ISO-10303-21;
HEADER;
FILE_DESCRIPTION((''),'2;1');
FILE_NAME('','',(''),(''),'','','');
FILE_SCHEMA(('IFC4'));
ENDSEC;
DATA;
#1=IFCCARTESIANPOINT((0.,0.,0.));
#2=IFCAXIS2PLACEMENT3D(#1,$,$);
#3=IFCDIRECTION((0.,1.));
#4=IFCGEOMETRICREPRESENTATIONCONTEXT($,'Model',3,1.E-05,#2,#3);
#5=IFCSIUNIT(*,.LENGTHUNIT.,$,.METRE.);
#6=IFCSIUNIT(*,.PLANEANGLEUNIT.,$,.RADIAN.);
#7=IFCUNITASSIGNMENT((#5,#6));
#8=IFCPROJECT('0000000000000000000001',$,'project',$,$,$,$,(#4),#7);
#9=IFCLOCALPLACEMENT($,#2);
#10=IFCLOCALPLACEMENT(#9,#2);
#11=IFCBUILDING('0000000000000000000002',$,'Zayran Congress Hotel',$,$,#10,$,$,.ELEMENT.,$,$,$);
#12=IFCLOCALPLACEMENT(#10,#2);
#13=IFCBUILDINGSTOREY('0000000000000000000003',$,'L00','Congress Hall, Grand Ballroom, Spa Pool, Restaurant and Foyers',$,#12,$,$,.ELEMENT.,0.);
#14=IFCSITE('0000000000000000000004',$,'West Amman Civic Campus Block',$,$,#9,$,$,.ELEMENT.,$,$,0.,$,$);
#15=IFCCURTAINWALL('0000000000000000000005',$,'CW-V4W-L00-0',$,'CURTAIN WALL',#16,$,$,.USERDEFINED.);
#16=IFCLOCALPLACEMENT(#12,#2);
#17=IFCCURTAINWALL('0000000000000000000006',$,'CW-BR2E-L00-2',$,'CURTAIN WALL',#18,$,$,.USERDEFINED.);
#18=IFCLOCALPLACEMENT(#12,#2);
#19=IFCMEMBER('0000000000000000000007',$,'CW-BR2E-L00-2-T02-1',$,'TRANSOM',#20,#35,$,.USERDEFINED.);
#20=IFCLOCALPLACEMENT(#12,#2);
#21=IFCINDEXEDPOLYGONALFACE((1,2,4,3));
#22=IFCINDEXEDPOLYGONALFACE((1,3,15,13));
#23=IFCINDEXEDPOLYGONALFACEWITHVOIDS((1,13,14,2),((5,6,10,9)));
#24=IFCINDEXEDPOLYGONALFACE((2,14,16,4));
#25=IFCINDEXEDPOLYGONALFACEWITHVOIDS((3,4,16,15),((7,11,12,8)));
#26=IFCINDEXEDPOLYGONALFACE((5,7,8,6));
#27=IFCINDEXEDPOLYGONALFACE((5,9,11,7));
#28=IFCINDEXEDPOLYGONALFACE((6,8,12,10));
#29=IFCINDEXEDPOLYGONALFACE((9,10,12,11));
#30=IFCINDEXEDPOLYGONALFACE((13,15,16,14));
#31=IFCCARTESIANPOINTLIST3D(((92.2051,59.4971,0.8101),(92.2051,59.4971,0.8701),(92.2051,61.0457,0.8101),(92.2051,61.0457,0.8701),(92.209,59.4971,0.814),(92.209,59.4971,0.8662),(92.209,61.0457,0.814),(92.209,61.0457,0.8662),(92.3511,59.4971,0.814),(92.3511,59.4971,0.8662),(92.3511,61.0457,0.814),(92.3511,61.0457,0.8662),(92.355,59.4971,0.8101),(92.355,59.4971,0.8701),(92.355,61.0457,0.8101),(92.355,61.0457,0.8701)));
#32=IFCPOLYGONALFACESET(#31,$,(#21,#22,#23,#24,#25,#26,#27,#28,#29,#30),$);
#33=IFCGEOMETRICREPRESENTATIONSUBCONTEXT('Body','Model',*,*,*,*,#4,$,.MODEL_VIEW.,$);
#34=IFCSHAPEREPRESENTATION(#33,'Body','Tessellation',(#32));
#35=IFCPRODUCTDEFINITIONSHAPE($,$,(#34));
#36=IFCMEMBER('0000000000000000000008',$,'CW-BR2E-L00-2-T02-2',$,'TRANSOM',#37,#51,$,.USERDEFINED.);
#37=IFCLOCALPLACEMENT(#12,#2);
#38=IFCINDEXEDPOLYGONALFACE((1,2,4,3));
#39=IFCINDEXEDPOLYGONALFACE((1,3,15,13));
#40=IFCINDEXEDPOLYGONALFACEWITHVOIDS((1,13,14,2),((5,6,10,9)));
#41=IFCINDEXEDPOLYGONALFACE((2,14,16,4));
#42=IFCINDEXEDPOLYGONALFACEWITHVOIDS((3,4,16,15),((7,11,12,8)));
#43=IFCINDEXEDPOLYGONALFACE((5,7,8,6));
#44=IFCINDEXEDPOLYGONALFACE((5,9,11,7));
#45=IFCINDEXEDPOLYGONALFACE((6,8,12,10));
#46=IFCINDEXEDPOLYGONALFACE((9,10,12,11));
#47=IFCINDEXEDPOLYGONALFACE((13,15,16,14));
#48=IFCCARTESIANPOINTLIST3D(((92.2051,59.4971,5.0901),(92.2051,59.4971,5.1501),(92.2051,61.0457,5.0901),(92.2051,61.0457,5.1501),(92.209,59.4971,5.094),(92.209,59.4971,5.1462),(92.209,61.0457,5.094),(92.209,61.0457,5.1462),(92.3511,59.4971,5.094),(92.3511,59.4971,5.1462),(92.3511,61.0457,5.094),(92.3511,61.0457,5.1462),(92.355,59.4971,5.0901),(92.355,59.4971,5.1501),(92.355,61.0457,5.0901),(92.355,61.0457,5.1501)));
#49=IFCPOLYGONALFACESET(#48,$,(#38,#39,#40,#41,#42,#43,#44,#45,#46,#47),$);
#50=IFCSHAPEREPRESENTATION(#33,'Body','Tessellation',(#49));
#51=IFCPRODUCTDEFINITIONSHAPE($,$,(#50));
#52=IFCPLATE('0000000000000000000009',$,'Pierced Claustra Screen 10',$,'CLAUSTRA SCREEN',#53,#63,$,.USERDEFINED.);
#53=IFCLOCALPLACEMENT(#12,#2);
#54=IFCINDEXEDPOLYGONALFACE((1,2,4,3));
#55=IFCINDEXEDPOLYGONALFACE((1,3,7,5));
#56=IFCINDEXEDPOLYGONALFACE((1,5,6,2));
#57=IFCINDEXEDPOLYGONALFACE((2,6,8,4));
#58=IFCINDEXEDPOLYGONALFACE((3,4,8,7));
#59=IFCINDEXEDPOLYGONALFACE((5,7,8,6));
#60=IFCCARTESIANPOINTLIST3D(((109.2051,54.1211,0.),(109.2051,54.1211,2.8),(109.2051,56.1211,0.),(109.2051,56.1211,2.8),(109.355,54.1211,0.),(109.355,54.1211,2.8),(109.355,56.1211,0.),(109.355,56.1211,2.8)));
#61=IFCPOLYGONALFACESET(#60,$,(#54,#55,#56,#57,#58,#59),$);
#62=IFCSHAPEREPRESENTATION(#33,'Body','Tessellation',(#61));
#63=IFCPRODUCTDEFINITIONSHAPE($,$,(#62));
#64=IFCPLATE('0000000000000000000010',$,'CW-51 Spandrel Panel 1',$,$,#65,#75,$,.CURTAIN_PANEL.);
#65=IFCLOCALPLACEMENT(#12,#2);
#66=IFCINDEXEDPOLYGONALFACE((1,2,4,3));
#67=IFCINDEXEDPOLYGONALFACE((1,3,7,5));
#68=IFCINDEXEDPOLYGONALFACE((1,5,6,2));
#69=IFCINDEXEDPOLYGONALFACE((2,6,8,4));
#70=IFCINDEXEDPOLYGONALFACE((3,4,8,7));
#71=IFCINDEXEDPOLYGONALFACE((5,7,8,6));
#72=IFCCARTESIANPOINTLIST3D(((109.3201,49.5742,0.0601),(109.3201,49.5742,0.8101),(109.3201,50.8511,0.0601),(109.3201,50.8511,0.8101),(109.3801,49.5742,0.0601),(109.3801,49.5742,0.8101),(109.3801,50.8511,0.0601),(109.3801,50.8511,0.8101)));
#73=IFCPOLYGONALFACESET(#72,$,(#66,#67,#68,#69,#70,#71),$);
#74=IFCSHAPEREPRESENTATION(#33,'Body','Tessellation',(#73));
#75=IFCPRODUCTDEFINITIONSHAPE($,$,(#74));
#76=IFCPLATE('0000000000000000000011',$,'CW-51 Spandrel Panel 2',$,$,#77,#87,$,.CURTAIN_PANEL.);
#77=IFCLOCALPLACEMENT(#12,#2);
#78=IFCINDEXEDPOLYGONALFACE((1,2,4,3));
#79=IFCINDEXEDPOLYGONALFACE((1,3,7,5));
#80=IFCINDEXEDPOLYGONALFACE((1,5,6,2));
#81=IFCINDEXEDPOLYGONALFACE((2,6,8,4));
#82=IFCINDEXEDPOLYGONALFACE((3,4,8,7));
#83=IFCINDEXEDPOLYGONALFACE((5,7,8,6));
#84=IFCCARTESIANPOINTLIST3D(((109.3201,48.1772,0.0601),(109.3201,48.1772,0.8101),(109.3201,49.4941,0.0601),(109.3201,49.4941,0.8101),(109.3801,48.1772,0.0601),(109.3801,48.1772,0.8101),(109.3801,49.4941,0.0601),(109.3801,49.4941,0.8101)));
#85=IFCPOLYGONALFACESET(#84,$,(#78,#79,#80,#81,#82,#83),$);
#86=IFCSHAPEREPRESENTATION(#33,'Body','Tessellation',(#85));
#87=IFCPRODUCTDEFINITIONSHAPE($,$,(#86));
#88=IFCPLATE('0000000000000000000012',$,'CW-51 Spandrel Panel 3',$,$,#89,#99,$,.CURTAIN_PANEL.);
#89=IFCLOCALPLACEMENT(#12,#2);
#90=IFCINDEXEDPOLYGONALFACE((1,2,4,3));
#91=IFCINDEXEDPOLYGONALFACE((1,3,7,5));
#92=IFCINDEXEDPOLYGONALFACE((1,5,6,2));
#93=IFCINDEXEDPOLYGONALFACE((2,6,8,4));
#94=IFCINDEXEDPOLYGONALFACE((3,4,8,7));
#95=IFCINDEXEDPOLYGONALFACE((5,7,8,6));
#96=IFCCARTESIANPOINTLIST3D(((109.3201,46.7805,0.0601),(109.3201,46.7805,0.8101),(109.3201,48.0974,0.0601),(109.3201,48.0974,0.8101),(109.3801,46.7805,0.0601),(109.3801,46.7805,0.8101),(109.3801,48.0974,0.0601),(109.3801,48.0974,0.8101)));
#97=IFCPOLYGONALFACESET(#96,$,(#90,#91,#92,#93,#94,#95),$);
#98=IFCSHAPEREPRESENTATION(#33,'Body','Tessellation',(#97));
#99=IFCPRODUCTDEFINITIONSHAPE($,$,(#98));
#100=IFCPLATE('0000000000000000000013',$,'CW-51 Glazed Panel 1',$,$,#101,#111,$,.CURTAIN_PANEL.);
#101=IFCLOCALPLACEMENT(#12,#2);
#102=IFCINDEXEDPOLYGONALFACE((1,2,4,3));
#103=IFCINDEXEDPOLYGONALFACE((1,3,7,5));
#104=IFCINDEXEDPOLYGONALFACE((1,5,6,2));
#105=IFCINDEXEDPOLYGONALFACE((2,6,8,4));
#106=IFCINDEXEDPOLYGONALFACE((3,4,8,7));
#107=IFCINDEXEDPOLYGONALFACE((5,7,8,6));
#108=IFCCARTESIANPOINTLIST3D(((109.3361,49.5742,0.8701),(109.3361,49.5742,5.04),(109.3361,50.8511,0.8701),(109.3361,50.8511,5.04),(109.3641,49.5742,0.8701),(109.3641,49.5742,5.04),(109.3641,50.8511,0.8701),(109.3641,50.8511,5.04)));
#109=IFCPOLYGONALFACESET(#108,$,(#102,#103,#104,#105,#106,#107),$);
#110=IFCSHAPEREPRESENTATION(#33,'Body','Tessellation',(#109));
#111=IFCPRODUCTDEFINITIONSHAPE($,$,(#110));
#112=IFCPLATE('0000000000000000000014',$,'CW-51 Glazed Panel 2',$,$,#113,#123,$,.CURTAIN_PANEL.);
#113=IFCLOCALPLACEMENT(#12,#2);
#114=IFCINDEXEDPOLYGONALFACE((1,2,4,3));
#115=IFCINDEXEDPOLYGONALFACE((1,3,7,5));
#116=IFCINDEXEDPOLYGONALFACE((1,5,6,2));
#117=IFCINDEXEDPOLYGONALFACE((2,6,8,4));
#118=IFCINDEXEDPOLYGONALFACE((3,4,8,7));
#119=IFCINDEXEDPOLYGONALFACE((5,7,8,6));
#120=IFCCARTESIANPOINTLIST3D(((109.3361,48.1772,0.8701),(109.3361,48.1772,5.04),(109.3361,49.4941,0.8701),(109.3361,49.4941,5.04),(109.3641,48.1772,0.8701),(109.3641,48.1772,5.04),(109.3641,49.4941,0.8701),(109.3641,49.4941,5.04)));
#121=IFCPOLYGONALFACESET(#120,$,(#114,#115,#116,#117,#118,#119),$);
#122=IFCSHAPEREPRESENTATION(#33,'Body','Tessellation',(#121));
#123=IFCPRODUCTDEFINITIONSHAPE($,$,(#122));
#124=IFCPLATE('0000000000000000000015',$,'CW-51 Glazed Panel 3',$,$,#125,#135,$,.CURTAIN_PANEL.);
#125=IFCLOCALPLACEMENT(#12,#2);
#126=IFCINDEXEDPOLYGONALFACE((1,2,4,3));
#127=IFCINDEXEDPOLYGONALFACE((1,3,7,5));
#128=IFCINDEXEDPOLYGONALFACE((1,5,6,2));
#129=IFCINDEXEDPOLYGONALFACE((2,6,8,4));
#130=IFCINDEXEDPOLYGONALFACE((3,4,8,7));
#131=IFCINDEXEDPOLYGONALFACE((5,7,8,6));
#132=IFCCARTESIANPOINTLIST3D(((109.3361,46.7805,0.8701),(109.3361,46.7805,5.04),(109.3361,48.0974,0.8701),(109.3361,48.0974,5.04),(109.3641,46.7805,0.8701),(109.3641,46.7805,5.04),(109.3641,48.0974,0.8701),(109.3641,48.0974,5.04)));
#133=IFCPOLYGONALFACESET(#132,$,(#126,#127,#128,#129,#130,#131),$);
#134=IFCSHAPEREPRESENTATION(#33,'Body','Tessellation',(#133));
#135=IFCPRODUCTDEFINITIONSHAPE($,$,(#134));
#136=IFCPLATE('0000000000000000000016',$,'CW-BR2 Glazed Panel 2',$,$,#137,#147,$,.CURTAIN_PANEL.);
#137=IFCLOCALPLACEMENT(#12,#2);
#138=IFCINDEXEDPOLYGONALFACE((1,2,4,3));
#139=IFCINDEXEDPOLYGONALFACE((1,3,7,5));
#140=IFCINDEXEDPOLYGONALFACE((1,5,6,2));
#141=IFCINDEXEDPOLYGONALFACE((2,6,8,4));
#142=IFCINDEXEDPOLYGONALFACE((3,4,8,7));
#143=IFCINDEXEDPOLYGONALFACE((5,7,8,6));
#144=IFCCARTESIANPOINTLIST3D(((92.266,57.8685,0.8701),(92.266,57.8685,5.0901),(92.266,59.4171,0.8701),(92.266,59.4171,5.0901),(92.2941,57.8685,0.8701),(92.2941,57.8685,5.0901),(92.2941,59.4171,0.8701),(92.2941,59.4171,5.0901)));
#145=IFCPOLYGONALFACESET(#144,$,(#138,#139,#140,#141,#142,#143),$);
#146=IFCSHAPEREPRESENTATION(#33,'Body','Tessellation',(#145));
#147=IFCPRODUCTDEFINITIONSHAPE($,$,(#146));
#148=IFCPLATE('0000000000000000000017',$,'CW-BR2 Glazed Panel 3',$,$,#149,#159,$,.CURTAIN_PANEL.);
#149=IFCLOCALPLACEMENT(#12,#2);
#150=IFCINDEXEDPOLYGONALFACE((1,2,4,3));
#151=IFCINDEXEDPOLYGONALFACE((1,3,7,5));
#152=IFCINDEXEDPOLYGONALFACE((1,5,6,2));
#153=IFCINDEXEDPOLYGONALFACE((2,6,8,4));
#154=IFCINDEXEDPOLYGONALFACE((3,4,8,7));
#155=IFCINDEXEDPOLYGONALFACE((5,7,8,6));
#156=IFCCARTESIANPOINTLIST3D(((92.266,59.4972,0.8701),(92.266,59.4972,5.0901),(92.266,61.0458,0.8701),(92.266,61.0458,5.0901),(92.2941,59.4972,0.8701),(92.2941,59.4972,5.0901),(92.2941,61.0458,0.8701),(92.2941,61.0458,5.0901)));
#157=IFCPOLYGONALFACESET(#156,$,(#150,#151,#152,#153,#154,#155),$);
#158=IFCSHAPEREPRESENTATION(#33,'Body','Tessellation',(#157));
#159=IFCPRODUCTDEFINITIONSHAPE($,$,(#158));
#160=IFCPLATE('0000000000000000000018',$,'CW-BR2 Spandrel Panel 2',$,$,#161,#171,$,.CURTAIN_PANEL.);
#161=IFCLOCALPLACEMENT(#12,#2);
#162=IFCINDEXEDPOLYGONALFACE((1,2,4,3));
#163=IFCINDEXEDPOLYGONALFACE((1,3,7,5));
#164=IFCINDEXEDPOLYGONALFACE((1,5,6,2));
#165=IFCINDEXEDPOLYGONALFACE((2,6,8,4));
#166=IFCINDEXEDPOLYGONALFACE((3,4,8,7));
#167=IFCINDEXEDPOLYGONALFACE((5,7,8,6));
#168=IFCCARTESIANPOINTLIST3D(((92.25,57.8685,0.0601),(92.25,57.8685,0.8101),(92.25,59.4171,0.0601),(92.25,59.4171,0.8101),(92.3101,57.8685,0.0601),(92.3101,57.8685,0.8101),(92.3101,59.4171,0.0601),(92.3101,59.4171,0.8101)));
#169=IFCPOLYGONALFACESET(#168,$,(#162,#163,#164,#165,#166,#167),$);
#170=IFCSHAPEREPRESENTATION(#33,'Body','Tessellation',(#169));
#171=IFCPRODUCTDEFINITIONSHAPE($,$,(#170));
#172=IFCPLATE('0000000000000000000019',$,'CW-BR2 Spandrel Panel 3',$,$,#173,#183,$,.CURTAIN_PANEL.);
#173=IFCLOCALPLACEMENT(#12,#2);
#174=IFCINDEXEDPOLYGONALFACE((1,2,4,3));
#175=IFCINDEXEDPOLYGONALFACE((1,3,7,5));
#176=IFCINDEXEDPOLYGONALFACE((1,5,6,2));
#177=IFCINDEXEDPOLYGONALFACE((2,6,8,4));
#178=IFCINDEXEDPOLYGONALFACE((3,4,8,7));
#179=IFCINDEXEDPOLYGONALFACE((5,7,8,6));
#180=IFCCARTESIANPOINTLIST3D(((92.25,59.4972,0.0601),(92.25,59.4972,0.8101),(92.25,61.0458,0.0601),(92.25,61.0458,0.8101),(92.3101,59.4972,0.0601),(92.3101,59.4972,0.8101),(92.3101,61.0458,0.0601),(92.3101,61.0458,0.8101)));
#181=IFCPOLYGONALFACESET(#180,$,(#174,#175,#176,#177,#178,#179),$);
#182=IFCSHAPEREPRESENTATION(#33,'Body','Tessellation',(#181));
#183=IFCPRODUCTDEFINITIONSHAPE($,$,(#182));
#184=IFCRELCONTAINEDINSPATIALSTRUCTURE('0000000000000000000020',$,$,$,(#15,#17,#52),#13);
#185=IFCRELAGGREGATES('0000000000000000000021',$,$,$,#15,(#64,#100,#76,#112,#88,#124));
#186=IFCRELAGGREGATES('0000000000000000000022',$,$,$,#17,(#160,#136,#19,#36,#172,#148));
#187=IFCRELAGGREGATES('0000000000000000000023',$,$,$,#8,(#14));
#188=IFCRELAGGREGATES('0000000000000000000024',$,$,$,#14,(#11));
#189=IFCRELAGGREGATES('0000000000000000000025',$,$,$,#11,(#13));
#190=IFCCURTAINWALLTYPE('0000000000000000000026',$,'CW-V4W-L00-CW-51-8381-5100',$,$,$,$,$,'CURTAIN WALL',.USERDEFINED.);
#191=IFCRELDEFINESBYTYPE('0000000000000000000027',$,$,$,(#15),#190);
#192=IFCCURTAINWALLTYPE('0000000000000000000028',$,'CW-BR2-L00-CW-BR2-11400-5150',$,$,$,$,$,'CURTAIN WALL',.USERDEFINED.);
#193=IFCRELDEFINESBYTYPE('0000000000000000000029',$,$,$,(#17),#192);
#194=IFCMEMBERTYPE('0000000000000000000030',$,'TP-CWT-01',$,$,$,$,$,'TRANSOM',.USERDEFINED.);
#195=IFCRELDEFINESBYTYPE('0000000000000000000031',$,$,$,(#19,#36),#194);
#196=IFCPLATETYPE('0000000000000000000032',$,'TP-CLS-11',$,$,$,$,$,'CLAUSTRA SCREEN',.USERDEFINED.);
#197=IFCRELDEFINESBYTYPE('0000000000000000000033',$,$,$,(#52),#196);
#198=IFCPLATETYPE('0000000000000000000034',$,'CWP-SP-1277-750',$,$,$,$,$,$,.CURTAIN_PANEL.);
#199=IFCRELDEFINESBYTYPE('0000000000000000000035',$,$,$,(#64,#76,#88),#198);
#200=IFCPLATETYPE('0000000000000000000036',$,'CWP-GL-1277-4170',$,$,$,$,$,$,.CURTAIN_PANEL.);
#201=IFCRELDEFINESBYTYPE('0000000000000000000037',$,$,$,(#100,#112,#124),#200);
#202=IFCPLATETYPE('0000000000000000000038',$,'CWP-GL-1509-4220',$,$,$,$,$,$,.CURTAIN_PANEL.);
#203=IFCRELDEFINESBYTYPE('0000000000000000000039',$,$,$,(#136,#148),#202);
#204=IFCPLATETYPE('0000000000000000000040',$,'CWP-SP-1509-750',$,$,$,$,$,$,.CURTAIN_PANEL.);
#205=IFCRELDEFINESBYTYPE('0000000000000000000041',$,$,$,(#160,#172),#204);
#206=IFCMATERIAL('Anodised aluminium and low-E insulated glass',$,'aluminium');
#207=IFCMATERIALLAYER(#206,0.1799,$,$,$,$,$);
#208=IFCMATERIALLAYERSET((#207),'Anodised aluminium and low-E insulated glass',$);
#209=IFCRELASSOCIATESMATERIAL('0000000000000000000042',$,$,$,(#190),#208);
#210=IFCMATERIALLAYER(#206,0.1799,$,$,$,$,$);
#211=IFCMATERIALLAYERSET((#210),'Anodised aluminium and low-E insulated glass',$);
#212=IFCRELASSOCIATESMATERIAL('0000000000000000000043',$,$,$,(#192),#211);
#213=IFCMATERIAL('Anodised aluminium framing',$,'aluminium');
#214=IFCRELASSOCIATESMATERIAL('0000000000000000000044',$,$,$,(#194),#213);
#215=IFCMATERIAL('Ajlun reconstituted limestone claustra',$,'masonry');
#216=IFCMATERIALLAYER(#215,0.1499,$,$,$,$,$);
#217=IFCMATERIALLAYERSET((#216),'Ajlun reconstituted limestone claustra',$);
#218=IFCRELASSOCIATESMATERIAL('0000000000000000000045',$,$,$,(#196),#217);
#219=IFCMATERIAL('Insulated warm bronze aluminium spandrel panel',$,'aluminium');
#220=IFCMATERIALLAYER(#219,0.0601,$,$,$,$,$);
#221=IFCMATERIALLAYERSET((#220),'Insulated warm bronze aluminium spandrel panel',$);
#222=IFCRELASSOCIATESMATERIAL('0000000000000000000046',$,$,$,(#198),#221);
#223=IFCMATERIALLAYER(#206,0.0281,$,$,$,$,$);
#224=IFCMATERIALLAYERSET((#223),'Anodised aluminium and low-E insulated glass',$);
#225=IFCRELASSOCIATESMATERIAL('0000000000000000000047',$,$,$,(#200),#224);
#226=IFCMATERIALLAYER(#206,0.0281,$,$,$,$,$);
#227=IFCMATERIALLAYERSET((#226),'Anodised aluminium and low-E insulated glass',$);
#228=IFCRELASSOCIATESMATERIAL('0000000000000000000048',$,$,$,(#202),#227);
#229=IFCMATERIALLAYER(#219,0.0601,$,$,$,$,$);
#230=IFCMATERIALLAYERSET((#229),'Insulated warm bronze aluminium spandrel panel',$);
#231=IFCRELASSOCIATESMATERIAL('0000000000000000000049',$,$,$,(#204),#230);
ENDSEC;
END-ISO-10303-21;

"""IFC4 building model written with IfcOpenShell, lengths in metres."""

from ifc_helpers import new_model, si_unit, direction, frame, origin, origin_2d, place, context, subcontext, project, spatial, rectangle, hollow_rectangle, extrude, material, layer, layer_set, material_profile, profile_set, type_object, element, aggregate, save


model = new_model("IFC4")

# Units and contexts
model_context = context("Model", 3, precision=1e-05, world=origin(), true_north=direction((0.0, 1.0)))
body_context = subcontext(model_context, "Body", "Model", "MODEL_VIEW")
ifc_project = project(units=[si_unit("LENGTHUNIT", "METRE"), si_unit("PLANEANGLEUNIT", "RADIAN")], contexts=[model_context])

# Site, building, storey
site_placement = place(None, origin())
site = spatial("IfcSite", under=ifc_project, at=site_placement, Name="West Amman Civic Campus Block", CompositionType="ELEMENT", RefElevation=0.0)
building_placement = place(site_placement, origin())
building = spatial("IfcBuilding", under=site, at=building_placement, Name="Zayran Congress Hotel", CompositionType="ELEMENT")
storey_placement = place(building_placement, origin())
storey = spatial("IfcBuildingStorey", under=building, at=storey_placement, Name="L00", Description="Congress Hall, Grand Ballroom, Spa Pool, Restaurant and Foyers", CompositionType="ELEMENT", Elevation=0.0)

# Curtain wall
ifc_material_1 = material(Name="Anodised aluminium and low-E insulated glass", Category="aluminium")
ifc_layer_1 = layer(ifc_material_1, 0.1799)
ifc_layer_set_1 = layer_set([ifc_layer_1], Name="Anodised aluminium and low-E insulated glass")
curtain_wall_type_1 = type_object("IfcCurtainWallType", Name="CW-V4W-L00-CW-51-8381-5100", ElementType="CURTAIN WALL", PredefinedType="USERDEFINED", material=ifc_layer_set_1)
curtain_wall_1_placement = place(storey_placement, origin())
curtain_wall_1 = element("IfcCurtainWall", 1, at=curtain_wall_1_placement, inside=storey, type_object=curtain_wall_type_1, Name="CW-V4W-L00-0", ObjectType="CURTAIN WALL", PredefinedType="USERDEFINED")
ifc_material_2 = material(Name="Anodised aluminium framing", Category="aluminium")

# Curtain wall
ifc_layer_2 = layer(ifc_material_1, 0.1799)
ifc_layer_set_2 = layer_set([ifc_layer_2], Name="Anodised aluminium and low-E insulated glass")
curtain_wall_type_2 = type_object("IfcCurtainWallType", Name="CW-BR2-L00-CW-BR2-11400-5150", ElementType="CURTAIN WALL", PredefinedType="USERDEFINED", material=ifc_layer_set_2)
curtain_wall_2_placement = place(storey_placement, origin())
curtain_wall_2 = element("IfcCurtainWall", 2, at=curtain_wall_2_placement, inside=storey, type_object=curtain_wall_type_2, Name="CW-BR2E-L00-2", ObjectType="CURTAIN WALL", PredefinedType="USERDEFINED")

# Members
ifc_material_profile_1 = material_profile(ifc_material_2, hollow_rectangle(XDim=0.0601, YDim=0.1499, WallThickness=0.0039, at=origin_2d()), Name="RHS 150x60x4")
ifc_profile_set_1 = profile_set([ifc_material_profile_1], Name="Anodised aluminium framing")
member_type_1 = type_object("IfcMemberType", Name="TP-CWT-01", ElementType="TRANSOM", PredefinedType="USERDEFINED", material=ifc_profile_set_1)
member_1_placement = place(storey_placement, frame((92.28, 59.4971, 0.8401), z_axis=(0.0, 1.0, 0.0), x_axis=(0.0, 0.0, 1.0)))
member_1 = element("IfcMember", 3, at=member_1_placement, type_object=member_type_1, Name="CW-BR2E-L00-2-T02-1", ObjectType="TRANSOM", PredefinedType="USERDEFINED", context=body_context, shape_type="SweptSolid", body=[
    extrude(hollow_rectangle(XDim=0.0601, YDim=0.1499, WallThickness=0.0039, at=origin_2d()), origin(), (0.0, 0.0, 1.0), 1.5486),
])
member_2_placement = place(storey_placement, frame((92.28, 59.4971, 5.1201), z_axis=(0.0, 1.0, 0.0), x_axis=(0.0, 0.0, 1.0)))
member_2 = element("IfcMember", 4, at=member_2_placement, type_object=member_type_1, Name="CW-BR2E-L00-2-T02-2", ObjectType="TRANSOM", PredefinedType="USERDEFINED", context=body_context, shape_type="SweptSolid", body=[
    extrude(hollow_rectangle(XDim=0.0601, YDim=0.1499, WallThickness=0.0039, at=origin_2d()), origin(), (0.0, 0.0, 1.0), 1.5486),
])

# Plates
ifc_material_3 = material(Name="Ajlun reconstituted limestone claustra", Category="masonry")
ifc_layer_3 = layer(ifc_material_3, 0.1499)
ifc_layer_set_3 = layer_set([ifc_layer_3], Name="Ajlun reconstituted limestone claustra")
plate_type_1 = type_object("IfcPlateType", Name="TP-CLS-11", ElementType="CLAUSTRA SCREEN", PredefinedType="USERDEFINED", material=ifc_layer_set_3)
plate_1_placement = place(storey_placement, frame((109.28, 55.1211, 0.0), z_axis=(0.0, 0.0, 1.0), x_axis=(0.0, 1.0, 0.0)))
element("IfcPlate", 5, at=plate_1_placement, inside=storey, type_object=plate_type_1, Name="Pierced Claustra Screen 10", ObjectType="CLAUSTRA SCREEN", PredefinedType="USERDEFINED", context=body_context, shape_type="SweptSolid", body=[
    extrude(rectangle(XDim=2.0, YDim=0.1499, at=origin_2d()), origin(), (0.0, 0.0, 1.0), 2.8),
])
ifc_material_4 = material(Name="Insulated warm bronze aluminium spandrel panel", Category="aluminium")
ifc_layer_4 = layer(ifc_material_4, 0.0601)
ifc_layer_set_4 = layer_set([ifc_layer_4], Name="Insulated warm bronze aluminium spandrel panel")
plate_type_2 = type_object("IfcPlateType", Name="CWP-SP-1277-750", PredefinedType="CURTAIN_PANEL", material=ifc_layer_set_4)
plate_2_placement = place(storey_placement, frame((109.3501, 50.2126, 0.0601), z_axis=(0.0, 0.0, 1.0), x_axis=(0.0, 1.0, 0.0)))
plate_2 = element("IfcPlate", 6, at=plate_2_placement, type_object=plate_type_2, Name="CW-51 Spandrel Panel 1", PredefinedType="CURTAIN_PANEL", context=body_context, shape_type="SweptSolid", body=[
    extrude(rectangle(XDim=1.2769, YDim=0.0601, at=origin_2d()), origin(), (0.0, 0.0, 1.0), 0.75),
])
plate_3_placement = place(storey_placement, frame((109.3501, 48.8357, 0.0601), z_axis=(0.0, 0.0, 1.0), x_axis=(0.0, 1.0, 0.0)))
plate_3 = element("IfcPlate", 7, at=plate_3_placement, type_object=plate_type_2, Name="CW-51 Spandrel Panel 2", PredefinedType="CURTAIN_PANEL", context=body_context, shape_type="SweptSolid", body=[
    extrude(rectangle(XDim=1.3169, YDim=0.0601, at=origin_2d()), origin(), (0.0, 0.0, 1.0), 0.75),
])
plate_4_placement = place(storey_placement, frame((109.3501, 47.439, 0.0601), z_axis=(0.0, 0.0, 1.0), x_axis=(0.0, 1.0, 0.0)))
plate_4 = element("IfcPlate", 8, at=plate_4_placement, type_object=plate_type_2, Name="CW-51 Spandrel Panel 3", PredefinedType="CURTAIN_PANEL", context=body_context, shape_type="SweptSolid", body=[
    extrude(rectangle(XDim=1.3169, YDim=0.0601, at=origin_2d()), origin(), (0.0, 0.0, 1.0), 0.75),
])
ifc_layer_5 = layer(ifc_material_1, 0.0281)
ifc_layer_set_5 = layer_set([ifc_layer_5], Name="Anodised aluminium and low-E insulated glass")
plate_type_3 = type_object("IfcPlateType", Name="CWP-GL-1277-4170", PredefinedType="CURTAIN_PANEL", material=ifc_layer_set_5)
plate_5_placement = place(storey_placement, frame((109.3501, 50.2126, 0.8701), z_axis=(0.0, 0.0, 1.0), x_axis=(0.0, 1.0, 0.0)))
plate_5 = element("IfcPlate", 9, at=plate_5_placement, type_object=plate_type_3, Name="CW-51 Glazed Panel 1", PredefinedType="CURTAIN_PANEL", context=body_context, shape_type="SweptSolid", body=[
    extrude(rectangle(XDim=1.2769, YDim=0.0281, at=origin_2d()), origin(), (0.0, 0.0, 1.0), 4.1699),
])
plate_6_placement = place(storey_placement, frame((109.3501, 48.8357, 0.8701), z_axis=(0.0, 0.0, 1.0), x_axis=(0.0, 1.0, 0.0)))
plate_6 = element("IfcPlate", 10, at=plate_6_placement, type_object=plate_type_3, Name="CW-51 Glazed Panel 2", PredefinedType="CURTAIN_PANEL", context=body_context, shape_type="SweptSolid", body=[
    extrude(rectangle(XDim=1.3169, YDim=0.0281, at=origin_2d()), origin(), (0.0, 0.0, 1.0), 4.1699),
])
plate_7_placement = place(storey_placement, frame((109.3501, 47.439, 0.8701), z_axis=(0.0, 0.0, 1.0), x_axis=(0.0, 1.0, 0.0)))
plate_7 = element("IfcPlate", 11, at=plate_7_placement, type_object=plate_type_3, Name="CW-51 Glazed Panel 3", PredefinedType="CURTAIN_PANEL", context=body_context, shape_type="SweptSolid", body=[
    extrude(rectangle(XDim=1.3169, YDim=0.0281, at=origin_2d()), origin(), (0.0, 0.0, 1.0), 4.1699),
])
aggregate(curtain_wall_1, [plate_2, plate_5, plate_3, plate_6, plate_4, plate_7])
ifc_layer_6 = layer(ifc_material_1, 0.0281)
ifc_layer_set_6 = layer_set([ifc_layer_6], Name="Anodised aluminium and low-E insulated glass")
plate_type_4 = type_object("IfcPlateType", Name="CWP-GL-1509-4220", PredefinedType="CURTAIN_PANEL", material=ifc_layer_set_6)
plate_8_placement = place(storey_placement, frame((92.28, 58.6428, 0.8701), z_axis=(0.0, 0.0, 1.0), x_axis=(0.0, 1.0, 0.0)))
plate_8 = element("IfcPlate", 12, at=plate_8_placement, type_object=plate_type_4, Name="CW-BR2 Glazed Panel 2", PredefinedType="CURTAIN_PANEL", context=body_context, shape_type="SweptSolid", body=[
    extrude(rectangle(XDim=1.5486, YDim=0.0281, at=origin_2d()), origin(), (0.0, 0.0, 1.0), 4.22),
])
plate_9_placement = place(storey_placement, frame((92.28, 60.2715, 0.8701), z_axis=(0.0, 0.0, 1.0), x_axis=(0.0, 1.0, 0.0)))
plate_9 = element("IfcPlate", 13, at=plate_9_placement, type_object=plate_type_4, Name="CW-BR2 Glazed Panel 3", PredefinedType="CURTAIN_PANEL", context=body_context, shape_type="SweptSolid", body=[
    extrude(rectangle(XDim=1.5486, YDim=0.0281, at=origin_2d()), origin(), (0.0, 0.0, 1.0), 4.22),
])
ifc_layer_7 = layer(ifc_material_4, 0.0601)
ifc_layer_set_7 = layer_set([ifc_layer_7], Name="Insulated warm bronze aluminium spandrel panel")
plate_type_5 = type_object("IfcPlateType", Name="CWP-SP-1509-750", PredefinedType="CURTAIN_PANEL", material=ifc_layer_set_7)
plate_10_placement = place(storey_placement, frame((92.28, 58.6428, 0.0601), z_axis=(0.0, 0.0, 1.0), x_axis=(0.0, 1.0, 0.0)))
plate_10 = element("IfcPlate", 14, at=plate_10_placement, type_object=plate_type_5, Name="CW-BR2 Spandrel Panel 2", PredefinedType="CURTAIN_PANEL", context=body_context, shape_type="SweptSolid", body=[
    extrude(rectangle(XDim=1.5486, YDim=0.0601, at=origin_2d()), origin(), (0.0, 0.0, 1.0), 0.75),
])
plate_11_placement = place(storey_placement, frame((92.28, 60.2715, 0.0601), z_axis=(0.0, 0.0, 1.0), x_axis=(0.0, 1.0, 0.0)))
plate_11 = element("IfcPlate", 15, at=plate_11_placement, type_object=plate_type_5, Name="CW-BR2 Spandrel Panel 3", PredefinedType="CURTAIN_PANEL", context=body_context, shape_type="SweptSolid", body=[
    extrude(rectangle(XDim=1.5486, YDim=0.0601, at=origin_2d()), origin(), (0.0, 0.0, 1.0), 0.75),
])
aggregate(curtain_wall_2, [plate_10, plate_8, member_1, member_2, plate_11, plate_9])

save(model, "model.ifc")
